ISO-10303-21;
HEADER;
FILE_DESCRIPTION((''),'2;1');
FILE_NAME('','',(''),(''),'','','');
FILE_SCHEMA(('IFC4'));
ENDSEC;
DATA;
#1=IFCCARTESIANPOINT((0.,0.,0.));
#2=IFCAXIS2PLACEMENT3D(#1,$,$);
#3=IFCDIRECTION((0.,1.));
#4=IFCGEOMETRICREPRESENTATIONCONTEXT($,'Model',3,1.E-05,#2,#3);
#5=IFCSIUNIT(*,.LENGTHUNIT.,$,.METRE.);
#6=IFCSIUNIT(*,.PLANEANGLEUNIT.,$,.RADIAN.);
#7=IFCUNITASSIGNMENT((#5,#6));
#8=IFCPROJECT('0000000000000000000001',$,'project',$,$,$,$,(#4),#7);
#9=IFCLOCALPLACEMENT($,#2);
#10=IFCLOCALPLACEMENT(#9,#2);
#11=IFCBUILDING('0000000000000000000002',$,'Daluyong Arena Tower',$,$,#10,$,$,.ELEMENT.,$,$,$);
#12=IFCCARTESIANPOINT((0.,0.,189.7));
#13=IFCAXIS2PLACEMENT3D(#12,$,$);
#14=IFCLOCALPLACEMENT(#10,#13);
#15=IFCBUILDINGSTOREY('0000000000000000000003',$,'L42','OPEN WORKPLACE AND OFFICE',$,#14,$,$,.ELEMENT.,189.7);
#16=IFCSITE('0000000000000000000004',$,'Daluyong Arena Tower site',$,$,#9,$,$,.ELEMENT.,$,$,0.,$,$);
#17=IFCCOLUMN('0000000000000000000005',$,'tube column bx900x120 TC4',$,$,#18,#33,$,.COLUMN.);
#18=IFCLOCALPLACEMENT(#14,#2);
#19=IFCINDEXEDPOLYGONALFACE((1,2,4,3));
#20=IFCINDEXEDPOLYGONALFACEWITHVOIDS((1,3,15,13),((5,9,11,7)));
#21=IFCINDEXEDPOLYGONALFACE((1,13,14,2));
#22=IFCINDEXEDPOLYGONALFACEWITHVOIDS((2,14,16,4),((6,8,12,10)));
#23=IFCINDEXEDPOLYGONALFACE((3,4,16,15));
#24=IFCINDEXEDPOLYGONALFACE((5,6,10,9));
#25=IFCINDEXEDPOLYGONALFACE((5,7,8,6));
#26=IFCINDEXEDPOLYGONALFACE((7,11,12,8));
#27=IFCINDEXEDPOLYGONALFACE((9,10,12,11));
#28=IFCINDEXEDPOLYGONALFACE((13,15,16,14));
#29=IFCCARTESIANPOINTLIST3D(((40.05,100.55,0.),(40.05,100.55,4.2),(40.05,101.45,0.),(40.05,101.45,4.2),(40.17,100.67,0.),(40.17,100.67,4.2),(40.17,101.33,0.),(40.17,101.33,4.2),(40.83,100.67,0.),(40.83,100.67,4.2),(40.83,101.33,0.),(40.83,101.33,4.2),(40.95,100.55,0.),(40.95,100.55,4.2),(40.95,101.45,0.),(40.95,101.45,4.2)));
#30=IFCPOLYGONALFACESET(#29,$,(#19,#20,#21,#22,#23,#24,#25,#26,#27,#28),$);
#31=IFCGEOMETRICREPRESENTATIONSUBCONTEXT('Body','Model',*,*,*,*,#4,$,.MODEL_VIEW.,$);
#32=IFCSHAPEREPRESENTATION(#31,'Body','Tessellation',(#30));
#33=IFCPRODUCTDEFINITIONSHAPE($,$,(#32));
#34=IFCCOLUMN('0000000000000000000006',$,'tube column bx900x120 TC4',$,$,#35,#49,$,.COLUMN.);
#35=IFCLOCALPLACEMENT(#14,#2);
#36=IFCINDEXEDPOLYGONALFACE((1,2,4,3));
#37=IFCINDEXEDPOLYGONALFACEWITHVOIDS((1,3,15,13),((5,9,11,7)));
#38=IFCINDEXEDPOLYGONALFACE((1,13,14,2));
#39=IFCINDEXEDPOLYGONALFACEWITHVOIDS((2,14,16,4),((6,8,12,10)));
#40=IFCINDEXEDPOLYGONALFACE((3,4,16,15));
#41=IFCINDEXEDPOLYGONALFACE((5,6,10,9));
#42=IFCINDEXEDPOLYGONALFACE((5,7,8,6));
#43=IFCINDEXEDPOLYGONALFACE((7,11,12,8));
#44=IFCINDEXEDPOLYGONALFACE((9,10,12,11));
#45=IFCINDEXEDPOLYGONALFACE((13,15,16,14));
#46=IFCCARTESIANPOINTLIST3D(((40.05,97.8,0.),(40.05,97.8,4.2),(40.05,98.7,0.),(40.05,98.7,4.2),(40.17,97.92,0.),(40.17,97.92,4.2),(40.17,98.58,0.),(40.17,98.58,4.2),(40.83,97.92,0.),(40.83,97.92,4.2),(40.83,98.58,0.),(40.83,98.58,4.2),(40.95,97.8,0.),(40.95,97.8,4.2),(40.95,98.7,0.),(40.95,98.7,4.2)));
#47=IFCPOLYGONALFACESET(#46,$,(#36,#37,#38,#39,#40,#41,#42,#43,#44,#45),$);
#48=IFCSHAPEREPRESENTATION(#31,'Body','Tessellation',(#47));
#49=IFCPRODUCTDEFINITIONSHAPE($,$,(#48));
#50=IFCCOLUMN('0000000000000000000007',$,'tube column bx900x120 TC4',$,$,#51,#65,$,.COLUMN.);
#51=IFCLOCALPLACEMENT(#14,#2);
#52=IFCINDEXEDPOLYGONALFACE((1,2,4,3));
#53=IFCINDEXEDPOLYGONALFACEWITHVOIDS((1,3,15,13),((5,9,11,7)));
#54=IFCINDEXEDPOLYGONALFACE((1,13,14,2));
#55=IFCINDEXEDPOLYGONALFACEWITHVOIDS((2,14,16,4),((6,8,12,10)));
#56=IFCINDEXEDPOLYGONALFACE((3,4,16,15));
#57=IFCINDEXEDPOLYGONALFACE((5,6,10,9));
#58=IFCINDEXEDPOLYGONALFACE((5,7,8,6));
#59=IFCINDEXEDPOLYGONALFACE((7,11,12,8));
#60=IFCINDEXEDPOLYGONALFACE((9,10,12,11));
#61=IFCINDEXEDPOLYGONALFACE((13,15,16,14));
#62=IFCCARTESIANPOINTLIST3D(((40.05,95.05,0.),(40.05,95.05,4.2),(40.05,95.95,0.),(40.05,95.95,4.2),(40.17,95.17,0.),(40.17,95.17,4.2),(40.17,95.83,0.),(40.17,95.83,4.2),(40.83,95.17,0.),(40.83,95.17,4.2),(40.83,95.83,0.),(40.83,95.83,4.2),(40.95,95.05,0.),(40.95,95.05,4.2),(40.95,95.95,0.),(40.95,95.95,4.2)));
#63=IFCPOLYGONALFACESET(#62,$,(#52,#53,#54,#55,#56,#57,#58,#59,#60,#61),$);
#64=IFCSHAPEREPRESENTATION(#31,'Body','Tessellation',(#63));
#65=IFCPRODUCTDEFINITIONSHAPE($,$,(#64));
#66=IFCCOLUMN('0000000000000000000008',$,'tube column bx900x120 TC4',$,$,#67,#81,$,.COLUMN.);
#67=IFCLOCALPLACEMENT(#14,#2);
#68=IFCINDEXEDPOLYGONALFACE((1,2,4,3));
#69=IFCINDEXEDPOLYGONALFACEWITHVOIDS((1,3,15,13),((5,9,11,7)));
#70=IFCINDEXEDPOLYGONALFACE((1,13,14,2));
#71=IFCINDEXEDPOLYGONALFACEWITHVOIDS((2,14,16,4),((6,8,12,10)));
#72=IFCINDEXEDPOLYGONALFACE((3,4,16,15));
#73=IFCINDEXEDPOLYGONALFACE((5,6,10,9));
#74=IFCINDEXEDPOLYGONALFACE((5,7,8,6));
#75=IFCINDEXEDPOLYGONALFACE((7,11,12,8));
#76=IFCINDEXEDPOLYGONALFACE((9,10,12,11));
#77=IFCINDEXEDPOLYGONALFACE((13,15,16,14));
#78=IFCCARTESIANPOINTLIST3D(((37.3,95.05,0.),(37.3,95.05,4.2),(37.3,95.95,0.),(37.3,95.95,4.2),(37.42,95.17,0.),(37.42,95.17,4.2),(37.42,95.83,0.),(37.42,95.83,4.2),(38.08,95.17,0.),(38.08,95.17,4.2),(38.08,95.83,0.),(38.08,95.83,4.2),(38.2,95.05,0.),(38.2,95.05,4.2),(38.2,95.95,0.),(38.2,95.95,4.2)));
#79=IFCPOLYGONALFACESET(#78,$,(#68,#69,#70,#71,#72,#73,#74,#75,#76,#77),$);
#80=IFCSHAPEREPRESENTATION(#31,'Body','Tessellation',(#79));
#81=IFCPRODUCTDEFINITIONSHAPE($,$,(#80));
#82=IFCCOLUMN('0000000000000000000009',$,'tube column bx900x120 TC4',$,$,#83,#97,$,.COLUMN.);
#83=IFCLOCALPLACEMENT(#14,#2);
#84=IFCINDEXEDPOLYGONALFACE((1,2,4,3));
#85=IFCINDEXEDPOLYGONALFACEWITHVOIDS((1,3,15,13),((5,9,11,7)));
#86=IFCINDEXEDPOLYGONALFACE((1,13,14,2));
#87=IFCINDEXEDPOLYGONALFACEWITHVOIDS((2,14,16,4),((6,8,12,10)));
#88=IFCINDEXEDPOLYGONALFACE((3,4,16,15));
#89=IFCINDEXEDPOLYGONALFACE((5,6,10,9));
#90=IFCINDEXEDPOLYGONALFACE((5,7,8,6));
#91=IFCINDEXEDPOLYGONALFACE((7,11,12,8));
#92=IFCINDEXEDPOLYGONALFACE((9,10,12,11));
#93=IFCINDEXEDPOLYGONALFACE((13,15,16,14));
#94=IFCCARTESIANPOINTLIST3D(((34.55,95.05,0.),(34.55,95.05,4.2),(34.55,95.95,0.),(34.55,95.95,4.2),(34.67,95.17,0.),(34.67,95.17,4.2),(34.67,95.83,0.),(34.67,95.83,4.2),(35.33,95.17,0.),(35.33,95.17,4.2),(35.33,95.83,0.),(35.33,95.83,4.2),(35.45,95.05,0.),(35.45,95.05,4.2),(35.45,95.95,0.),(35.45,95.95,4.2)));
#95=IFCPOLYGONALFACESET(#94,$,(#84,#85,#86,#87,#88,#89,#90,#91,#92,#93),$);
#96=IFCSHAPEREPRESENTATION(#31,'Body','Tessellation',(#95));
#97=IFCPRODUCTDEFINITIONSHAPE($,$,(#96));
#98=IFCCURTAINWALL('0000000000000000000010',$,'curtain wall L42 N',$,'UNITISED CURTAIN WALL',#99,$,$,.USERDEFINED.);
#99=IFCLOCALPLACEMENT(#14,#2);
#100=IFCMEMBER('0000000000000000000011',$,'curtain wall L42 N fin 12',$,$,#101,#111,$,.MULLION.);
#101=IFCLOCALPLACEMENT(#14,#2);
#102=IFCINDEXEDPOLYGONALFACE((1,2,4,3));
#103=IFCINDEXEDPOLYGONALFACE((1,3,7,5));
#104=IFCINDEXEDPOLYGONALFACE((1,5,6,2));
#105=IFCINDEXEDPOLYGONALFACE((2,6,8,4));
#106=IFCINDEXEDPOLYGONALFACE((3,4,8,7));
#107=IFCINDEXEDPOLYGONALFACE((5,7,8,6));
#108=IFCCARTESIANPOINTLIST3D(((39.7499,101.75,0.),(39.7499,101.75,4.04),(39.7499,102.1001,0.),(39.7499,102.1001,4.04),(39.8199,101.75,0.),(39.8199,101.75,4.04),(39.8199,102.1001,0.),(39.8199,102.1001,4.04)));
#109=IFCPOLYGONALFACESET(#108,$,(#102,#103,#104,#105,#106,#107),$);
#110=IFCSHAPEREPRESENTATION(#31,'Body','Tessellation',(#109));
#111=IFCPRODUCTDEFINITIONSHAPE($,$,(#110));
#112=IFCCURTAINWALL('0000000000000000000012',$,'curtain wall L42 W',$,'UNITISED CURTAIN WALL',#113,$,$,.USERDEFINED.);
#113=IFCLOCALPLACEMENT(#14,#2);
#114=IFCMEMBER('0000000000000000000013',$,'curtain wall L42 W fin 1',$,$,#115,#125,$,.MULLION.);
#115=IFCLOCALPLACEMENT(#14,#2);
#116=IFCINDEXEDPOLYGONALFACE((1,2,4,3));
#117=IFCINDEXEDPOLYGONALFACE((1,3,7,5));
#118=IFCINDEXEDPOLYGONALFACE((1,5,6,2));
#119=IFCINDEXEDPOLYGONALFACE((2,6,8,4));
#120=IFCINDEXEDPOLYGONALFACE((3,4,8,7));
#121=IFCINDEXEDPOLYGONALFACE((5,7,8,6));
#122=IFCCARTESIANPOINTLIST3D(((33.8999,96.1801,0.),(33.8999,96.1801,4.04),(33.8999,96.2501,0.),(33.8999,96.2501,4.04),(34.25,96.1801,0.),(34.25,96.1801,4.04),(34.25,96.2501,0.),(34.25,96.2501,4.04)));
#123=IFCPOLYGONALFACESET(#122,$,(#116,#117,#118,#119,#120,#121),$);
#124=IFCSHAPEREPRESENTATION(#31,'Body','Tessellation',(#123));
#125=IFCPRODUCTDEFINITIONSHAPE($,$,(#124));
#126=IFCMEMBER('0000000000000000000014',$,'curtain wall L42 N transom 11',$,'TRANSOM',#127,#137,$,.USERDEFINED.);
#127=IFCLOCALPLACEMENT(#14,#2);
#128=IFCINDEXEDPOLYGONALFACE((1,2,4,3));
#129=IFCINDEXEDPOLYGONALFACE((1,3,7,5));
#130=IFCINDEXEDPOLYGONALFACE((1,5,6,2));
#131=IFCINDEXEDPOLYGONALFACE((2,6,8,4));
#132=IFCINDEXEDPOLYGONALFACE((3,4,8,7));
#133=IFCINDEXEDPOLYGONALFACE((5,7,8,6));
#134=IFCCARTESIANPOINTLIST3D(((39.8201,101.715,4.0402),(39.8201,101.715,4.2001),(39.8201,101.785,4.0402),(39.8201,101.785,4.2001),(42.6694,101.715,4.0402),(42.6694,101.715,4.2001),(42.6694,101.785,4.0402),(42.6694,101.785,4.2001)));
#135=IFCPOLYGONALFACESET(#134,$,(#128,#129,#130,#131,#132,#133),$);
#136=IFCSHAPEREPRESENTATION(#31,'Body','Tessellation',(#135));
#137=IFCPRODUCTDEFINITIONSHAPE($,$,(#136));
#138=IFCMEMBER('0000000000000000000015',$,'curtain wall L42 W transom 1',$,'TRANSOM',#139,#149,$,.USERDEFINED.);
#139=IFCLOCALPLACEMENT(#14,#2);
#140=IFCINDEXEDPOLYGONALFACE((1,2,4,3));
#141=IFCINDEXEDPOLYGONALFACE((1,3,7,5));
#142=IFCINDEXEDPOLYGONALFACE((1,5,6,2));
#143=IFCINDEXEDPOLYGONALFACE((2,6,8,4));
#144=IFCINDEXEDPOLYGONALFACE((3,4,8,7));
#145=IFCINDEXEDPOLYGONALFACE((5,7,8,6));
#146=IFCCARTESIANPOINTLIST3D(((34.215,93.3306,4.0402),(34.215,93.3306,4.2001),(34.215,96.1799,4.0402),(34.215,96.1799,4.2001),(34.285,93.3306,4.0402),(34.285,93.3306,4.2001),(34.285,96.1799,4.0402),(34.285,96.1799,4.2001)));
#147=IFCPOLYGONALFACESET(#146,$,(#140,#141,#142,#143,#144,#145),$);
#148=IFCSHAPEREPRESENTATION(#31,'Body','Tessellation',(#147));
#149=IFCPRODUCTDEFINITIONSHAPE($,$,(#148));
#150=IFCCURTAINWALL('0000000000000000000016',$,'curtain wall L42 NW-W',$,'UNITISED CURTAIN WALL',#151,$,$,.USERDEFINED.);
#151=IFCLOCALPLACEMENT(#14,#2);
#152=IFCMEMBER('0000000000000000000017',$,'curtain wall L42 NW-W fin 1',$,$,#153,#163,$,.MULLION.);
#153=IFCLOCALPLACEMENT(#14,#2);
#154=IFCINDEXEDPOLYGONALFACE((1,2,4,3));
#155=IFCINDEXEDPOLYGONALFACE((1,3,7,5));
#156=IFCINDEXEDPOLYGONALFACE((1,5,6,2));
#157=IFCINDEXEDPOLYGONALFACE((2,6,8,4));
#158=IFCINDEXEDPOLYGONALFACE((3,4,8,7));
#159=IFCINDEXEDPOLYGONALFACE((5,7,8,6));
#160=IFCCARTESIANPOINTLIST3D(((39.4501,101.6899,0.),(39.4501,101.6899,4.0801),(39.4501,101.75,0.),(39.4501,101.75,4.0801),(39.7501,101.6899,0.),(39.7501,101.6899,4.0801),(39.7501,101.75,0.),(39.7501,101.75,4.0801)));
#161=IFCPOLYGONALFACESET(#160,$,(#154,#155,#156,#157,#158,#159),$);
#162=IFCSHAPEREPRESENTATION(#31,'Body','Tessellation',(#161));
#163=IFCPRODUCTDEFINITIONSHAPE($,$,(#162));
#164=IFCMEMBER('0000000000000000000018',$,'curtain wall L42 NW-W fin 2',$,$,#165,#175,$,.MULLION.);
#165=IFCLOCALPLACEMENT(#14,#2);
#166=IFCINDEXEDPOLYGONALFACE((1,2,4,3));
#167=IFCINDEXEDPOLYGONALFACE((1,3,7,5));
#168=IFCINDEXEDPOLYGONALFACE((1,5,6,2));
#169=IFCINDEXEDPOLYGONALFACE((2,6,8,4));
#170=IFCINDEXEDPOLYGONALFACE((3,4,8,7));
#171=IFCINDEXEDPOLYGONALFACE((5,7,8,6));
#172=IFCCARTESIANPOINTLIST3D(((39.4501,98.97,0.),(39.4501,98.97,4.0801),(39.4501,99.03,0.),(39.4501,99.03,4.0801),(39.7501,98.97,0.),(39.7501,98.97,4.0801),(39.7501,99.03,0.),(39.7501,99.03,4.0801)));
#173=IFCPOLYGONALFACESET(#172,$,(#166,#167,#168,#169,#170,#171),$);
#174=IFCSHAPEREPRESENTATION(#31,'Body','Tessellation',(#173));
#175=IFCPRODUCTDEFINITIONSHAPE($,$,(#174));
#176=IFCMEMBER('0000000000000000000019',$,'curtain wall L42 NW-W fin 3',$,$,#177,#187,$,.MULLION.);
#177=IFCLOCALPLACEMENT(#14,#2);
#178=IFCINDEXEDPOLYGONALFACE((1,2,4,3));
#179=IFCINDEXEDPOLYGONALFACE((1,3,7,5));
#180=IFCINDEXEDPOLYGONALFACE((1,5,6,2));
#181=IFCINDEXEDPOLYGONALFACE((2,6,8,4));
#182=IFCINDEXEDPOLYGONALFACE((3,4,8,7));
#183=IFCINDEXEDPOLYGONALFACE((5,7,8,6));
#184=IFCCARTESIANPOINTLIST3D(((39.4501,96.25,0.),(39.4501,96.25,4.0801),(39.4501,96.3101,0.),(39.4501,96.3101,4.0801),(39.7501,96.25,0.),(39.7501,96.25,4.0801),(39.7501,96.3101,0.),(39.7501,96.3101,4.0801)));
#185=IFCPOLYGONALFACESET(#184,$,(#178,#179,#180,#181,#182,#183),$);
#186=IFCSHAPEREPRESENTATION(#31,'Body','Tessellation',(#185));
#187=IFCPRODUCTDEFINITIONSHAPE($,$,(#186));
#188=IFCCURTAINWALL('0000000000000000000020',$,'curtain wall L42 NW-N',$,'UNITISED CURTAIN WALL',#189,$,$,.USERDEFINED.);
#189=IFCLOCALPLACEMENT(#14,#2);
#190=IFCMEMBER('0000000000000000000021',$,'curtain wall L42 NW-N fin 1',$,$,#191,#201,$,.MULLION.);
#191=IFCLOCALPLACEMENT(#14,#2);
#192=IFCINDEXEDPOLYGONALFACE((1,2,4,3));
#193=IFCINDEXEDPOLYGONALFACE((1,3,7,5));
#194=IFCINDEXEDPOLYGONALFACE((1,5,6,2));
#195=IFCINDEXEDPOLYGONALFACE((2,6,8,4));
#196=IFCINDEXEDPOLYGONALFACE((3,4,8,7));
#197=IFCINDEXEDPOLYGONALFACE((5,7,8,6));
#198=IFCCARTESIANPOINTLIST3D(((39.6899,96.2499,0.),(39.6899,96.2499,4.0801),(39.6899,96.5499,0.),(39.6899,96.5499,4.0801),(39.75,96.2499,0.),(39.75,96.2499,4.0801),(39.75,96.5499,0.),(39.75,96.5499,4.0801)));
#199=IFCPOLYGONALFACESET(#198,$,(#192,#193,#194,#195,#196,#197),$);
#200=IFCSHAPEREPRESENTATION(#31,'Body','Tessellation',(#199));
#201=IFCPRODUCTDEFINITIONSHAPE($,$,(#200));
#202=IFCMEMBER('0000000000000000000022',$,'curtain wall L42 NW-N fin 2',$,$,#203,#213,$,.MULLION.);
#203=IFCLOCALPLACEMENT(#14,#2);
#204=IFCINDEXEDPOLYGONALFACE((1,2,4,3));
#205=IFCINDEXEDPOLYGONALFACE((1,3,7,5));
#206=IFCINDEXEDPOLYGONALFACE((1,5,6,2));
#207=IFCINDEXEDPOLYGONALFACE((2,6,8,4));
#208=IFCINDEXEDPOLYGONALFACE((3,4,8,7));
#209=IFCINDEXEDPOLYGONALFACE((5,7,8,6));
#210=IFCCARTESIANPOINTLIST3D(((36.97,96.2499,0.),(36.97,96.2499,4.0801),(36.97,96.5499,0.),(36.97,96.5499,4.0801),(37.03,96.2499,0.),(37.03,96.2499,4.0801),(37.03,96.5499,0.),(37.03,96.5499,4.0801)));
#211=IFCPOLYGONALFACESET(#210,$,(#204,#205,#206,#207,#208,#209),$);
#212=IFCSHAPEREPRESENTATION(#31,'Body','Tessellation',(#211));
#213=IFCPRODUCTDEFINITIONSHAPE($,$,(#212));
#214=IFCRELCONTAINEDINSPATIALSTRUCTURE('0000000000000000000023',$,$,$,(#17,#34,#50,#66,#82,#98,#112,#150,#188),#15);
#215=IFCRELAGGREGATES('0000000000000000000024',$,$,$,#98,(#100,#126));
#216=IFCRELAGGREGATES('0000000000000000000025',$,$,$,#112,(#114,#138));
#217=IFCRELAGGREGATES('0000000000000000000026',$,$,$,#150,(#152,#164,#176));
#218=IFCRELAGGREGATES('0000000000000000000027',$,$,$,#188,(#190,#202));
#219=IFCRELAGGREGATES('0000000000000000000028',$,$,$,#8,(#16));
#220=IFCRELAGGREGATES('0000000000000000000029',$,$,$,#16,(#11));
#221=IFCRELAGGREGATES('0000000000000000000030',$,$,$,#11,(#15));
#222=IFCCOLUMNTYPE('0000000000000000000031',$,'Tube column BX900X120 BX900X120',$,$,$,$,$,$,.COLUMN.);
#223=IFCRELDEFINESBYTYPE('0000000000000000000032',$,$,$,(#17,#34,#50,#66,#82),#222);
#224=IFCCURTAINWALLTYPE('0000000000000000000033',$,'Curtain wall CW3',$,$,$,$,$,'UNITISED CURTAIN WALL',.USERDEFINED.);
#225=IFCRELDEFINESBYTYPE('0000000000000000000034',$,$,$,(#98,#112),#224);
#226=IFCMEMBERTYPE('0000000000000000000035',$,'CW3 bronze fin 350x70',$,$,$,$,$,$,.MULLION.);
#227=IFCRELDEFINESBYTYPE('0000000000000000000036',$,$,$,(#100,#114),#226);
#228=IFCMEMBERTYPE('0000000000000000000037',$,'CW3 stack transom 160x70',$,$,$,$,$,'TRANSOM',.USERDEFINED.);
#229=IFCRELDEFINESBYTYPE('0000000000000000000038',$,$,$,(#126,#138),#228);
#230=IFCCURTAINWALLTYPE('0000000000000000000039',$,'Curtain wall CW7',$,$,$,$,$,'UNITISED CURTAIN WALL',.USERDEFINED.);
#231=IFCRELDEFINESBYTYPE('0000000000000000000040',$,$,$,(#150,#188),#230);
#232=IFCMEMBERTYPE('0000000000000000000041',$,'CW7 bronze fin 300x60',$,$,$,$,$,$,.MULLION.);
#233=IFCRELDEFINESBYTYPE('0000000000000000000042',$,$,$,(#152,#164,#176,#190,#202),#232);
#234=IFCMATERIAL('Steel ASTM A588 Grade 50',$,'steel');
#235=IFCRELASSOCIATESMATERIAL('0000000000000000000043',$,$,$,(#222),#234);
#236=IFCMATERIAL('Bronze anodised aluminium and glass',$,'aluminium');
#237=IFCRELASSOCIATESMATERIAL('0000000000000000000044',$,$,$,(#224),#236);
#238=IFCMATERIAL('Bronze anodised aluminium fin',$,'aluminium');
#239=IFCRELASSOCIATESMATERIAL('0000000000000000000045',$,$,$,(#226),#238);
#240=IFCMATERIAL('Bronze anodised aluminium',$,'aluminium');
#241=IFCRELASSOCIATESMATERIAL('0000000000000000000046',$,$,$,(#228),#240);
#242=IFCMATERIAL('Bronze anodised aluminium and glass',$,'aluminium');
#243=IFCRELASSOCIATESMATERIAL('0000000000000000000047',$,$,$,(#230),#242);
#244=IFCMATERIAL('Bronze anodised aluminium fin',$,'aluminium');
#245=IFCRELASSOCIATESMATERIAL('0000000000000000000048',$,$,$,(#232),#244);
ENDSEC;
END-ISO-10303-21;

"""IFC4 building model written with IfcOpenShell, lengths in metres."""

from ifc_helpers import new_model, si_unit, direction, frame, origin, origin_2d, place, context, subcontext, project, spatial, rectangle, hollow_rectangle, extrude, material, material_profile, profile_set, type_object, element, aggregate, save


model = new_model("IFC4")

# Units and contexts
model_context = context("Model", 3, precision=1e-05, world=origin(), true_north=direction((0.0, 1.0)))
body_context = subcontext(model_context, "Body", "Model", "MODEL_VIEW")
ifc_project = project(units=[si_unit("LENGTHUNIT", "METRE"), si_unit("PLANEANGLEUNIT", "RADIAN")], contexts=[model_context])

# Site, building, storey
site_placement = place(None, origin())
site = spatial("IfcSite", under=ifc_project, at=site_placement, Name="Daluyong Arena Tower site", CompositionType="ELEMENT", RefElevation=0.0)
building_placement = place(site_placement, origin())
building = spatial("IfcBuilding", under=site, at=building_placement, Name="Daluyong Arena Tower", CompositionType="ELEMENT")
storey_placement = place(building_placement, frame((0.0, 0.0, 189.7)))
storey = spatial("IfcBuildingStorey", under=building, at=storey_placement, Name="L42", Description="OPEN WORKPLACE AND OFFICE", CompositionType="ELEMENT", Elevation=189.7)

# Columns
ifc_material_1 = material(Name="Steel ASTM A588 Grade 50", Category="steel")
ifc_material_profile_1 = material_profile(ifc_material_1, hollow_rectangle(XDim=0.8999, YDim=0.8999, WallThickness=0.12, at=origin_2d()))
ifc_profile_set_1 = profile_set([ifc_material_profile_1], Name="Steel ASTM A588 Grade 50")
column_type = type_object("IfcColumnType", Name="Tube column BX900X120 BX900X120", PredefinedType="COLUMN", material=ifc_profile_set_1)
for number, where, z_axis, x_axis, name in (
    (1, (40.5, 101.0, 0.0), (0.0, 0.0, 1.0), (0.0, 1.0, 0.0), "tube column bx900x120 TC4"),
    (2, (40.5, 98.25, 0.0), (0.0, 0.0, 1.0), (0.0, 1.0, 0.0), "tube column bx900x120 TC4"),
    (3, (40.5, 95.5, 0.0), (0.0, 0.0, 1.0), (1.0, 0.0, 0.0), "tube column bx900x120 TC4"),
    (4, (37.75, 95.5, 0.0), (0.0, 0.0, 1.0), (1.0, 0.0, 0.0), "tube column bx900x120 TC4"),
    (5, (35.0, 95.5, 0.0), (0.0, 0.0, 1.0), (0.0, 1.0, 0.0), "tube column bx900x120 TC4"),
):
    element("IfcColumn", number, at=place(storey_placement, frame(where, z_axis=z_axis, x_axis=x_axis)), inside=storey, type_object=column_type, Name=name, PredefinedType="COLUMN", context=body_context, shape_type="SweptSolid", body=[
        extrude(hollow_rectangle(XDim=0.8999, YDim=0.8999, WallThickness=0.12, at=origin_2d()), origin(), (0.0, 0.0, 1.0), 4.2),
    ])

# Curtain walls, members
ifc_material_2 = material(Name="Bronze anodised aluminium and glass", Category="aluminium")
curtain_wall_type_1 = type_object("IfcCurtainWallType", Name="Curtain wall CW3", ElementType="UNITISED CURTAIN WALL", PredefinedType="USERDEFINED", material=ifc_material_2)
curtain_wall_1_placement = place(storey_placement, origin())
curtain_wall_1 = element("IfcCurtainWall", 6, at=curtain_wall_1_placement, inside=storey, type_object=curtain_wall_type_1, Name="curtain wall L42 N", ObjectType="UNITISED CURTAIN WALL", PredefinedType="USERDEFINED")
ifc_material_3 = material(Name="Bronze anodised aluminium fin", Category="aluminium")
ifc_material_profile_2 = material_profile(ifc_material_3, rectangle(XDim=0.3501, YDim=0.0701, at=origin_2d()))
ifc_profile_set_2 = profile_set([ifc_material_profile_2], Name="Bronze anodised aluminium fin")
member_type_1 = type_object("IfcMemberType", Name="CW3 bronze fin 350x70", PredefinedType="MULLION", material=ifc_profile_set_2)
member_1_placement = place(storey_placement, frame((39.7849, 101.925, 0.0), z_axis=(0.0, 0.0, 1.0), x_axis=(0.0, -1.0, 0.0)))
member_1 = element("IfcMember", 7, at=member_1_placement, type_object=member_type_1, Name="curtain wall L42 N fin 12", PredefinedType="MULLION", context=body_context, shape_type="SweptSolid", body=[
    extrude(rectangle(XDim=0.3501, YDim=0.0701, at=origin_2d()), origin(), (0.0, 0.0, 1.0), 4.04),
])
curtain_wall_2_placement = place(storey_placement, origin())
curtain_wall_2 = element("IfcCurtainWall", 8, at=curtain_wall_2_placement, inside=storey, type_object=curtain_wall_type_1, Name="curtain wall L42 W", ObjectType="UNITISED CURTAIN WALL", PredefinedType="USERDEFINED")
member_2_placement = place(storey_placement, frame((34.075, 96.2151, 0.0), z_axis=(0.0, 0.0, 1.0), x_axis=(1.0, 0.0, 0.0)))
member_2 = element("IfcMember", 9, at=member_2_placement, type_object=member_type_1, Name="curtain wall L42 W fin 1", PredefinedType="MULLION", context=body_context, shape_type="SweptSolid", body=[
    extrude(rectangle(XDim=0.3501, YDim=0.0701, at=origin_2d()), origin(), (0.0, 0.0, 1.0), 4.04),
])

# Members
ifc_material_4 = material(Name="Bronze anodised aluminium", Category="aluminium")
ifc_material_profile_3 = material_profile(ifc_material_4, rectangle(XDim=0.0701, YDim=0.1599, at=origin_2d()))
ifc_profile_set_3 = profile_set([ifc_material_profile_3], Name="Bronze anodised aluminium")
member_type_2 = type_object("IfcMemberType", Name="CW3 stack transom 160x70", ElementType="TRANSOM", PredefinedType="USERDEFINED", material=ifc_profile_set_3)
member_3_placement = place(storey_placement, frame((42.6694, 101.75, 4.1201), z_axis=(-1.0, 0.0, 0.0), x_axis=(0.0, -1.0, 0.0)))
member_3 = element("IfcMember", 10, at=member_3_placement, type_object=member_type_2, Name="curtain wall L42 N transom 11", ObjectType="TRANSOM", PredefinedType="USERDEFINED", context=body_context, shape_type="SweptSolid", body=[
    extrude(rectangle(XDim=0.0701, YDim=0.1599, at=origin_2d()), origin(), (0.0, 0.0, 1.0), 2.8494),
])
member_4_placement = place(storey_placement, frame((34.25, 96.1799, 4.1201), z_axis=(0.0, -1.0, 0.0), x_axis=(1.0, 0.0, 0.0)))
member_4 = element("IfcMember", 11, at=member_4_placement, type_object=member_type_2, Name="curtain wall L42 W transom 1", ObjectType="TRANSOM", PredefinedType="USERDEFINED", context=body_context, shape_type="SweptSolid", body=[
    extrude(rectangle(XDim=0.0701, YDim=0.1599, at=origin_2d()), origin(), (0.0, 0.0, 1.0), 2.8494),
])

# Curtain walls, members
ifc_material_5 = material(Name="Bronze anodised aluminium and glass", Category="aluminium")
curtain_wall_type_2 = type_object("IfcCurtainWallType", Name="Curtain wall CW7", ElementType="UNITISED CURTAIN WALL", PredefinedType="USERDEFINED", material=ifc_material_5)
curtain_wall_3_placement = place(storey_placement, origin())
curtain_wall_3 = element("IfcCurtainWall", 12, at=curtain_wall_3_placement, inside=storey, type_object=curtain_wall_type_2, Name="curtain wall L42 NW-W", ObjectType="UNITISED CURTAIN WALL", PredefinedType="USERDEFINED")
ifc_material_6 = material(Name="Bronze anodised aluminium fin", Category="aluminium")
ifc_material_profile_4 = material_profile(ifc_material_6, rectangle(XDim=0.3, YDim=0.0601, at=origin_2d()))
ifc_profile_set_4 = profile_set([ifc_material_profile_4], Name="Bronze anodised aluminium fin")
member_type_3 = type_object("IfcMemberType", Name="CW7 bronze fin 300x60", PredefinedType="MULLION", material=ifc_profile_set_4)
member_5_placement = place(storey_placement, frame((39.6001, 101.72, 0.0), z_axis=(0.0, 0.0, 1.0), x_axis=(1.0, 0.0, 0.0)))
member_5 = element("IfcMember", 13, at=member_5_placement, type_object=member_type_3, Name="curtain wall L42 NW-W fin 1", PredefinedType="MULLION", context=body_context, shape_type="SweptSolid", body=[
    extrude(rectangle(XDim=0.3, YDim=0.0601, at=origin_2d()), origin(), (0.0, 0.0, 1.0), 4.0801),
])
member_6_placement = place(storey_placement, frame((39.6001, 99.0, 0.0), z_axis=(0.0, 0.0, 1.0), x_axis=(1.0, 0.0, 0.0)))
member_6 = element("IfcMember", 14, at=member_6_placement, type_object=member_type_3, Name="curtain wall L42 NW-W fin 2", PredefinedType="MULLION", context=body_context, shape_type="SweptSolid", body=[
    extrude(rectangle(XDim=0.3, YDim=0.0601, at=origin_2d()), origin(), (0.0, 0.0, 1.0), 4.0801),
])
member_7_placement = place(storey_placement, frame((39.6001, 96.28, 0.0), z_axis=(0.0, 0.0, 1.0), x_axis=(1.0, 0.0, 0.0)))
member_7 = element("IfcMember", 15, at=member_7_placement, type_object=member_type_3, Name="curtain wall L42 NW-W fin 3", PredefinedType="MULLION", context=body_context, shape_type="SweptSolid", body=[
    extrude(rectangle(XDim=0.3, YDim=0.0601, at=origin_2d()), origin(), (0.0, 0.0, 1.0), 4.0801),
])
curtain_wall_4_placement = place(storey_placement, origin())
curtain_wall_4 = element("IfcCurtainWall", 16, at=curtain_wall_4_placement, inside=storey, type_object=curtain_wall_type_2, Name="curtain wall L42 NW-N", ObjectType="UNITISED CURTAIN WALL", PredefinedType="USERDEFINED")
member_8_placement = place(storey_placement, frame((39.72, 96.3999, 0.0), z_axis=(0.0, 0.0, 1.0), x_axis=(0.0, -1.0, 0.0)))
member_8 = element("IfcMember", 17, at=member_8_placement, type_object=member_type_3, Name="curtain wall L42 NW-N fin 1", PredefinedType="MULLION", context=body_context, shape_type="SweptSolid", body=[
    extrude(rectangle(XDim=0.3, YDim=0.0601, at=origin_2d()), origin(), (0.0, 0.0, 1.0), 4.0801),
])
member_9_placement = place(storey_placement, frame((37.0, 96.3999, 0.0), z_axis=(0.0, 0.0, 1.0), x_axis=(0.0, -1.0, 0.0)))
member_9 = element("IfcMember", 18, at=member_9_placement, type_object=member_type_3, Name="curtain wall L42 NW-N fin 2", PredefinedType="MULLION", context=body_context, shape_type="SweptSolid", body=[
    extrude(rectangle(XDim=0.3, YDim=0.0601, at=origin_2d()), origin(), (0.0, 0.0, 1.0), 4.0801),
])

aggregate(curtain_wall_1, [member_1, member_3])
aggregate(curtain_wall_2, [member_2, member_4])
aggregate(curtain_wall_3, [member_5, member_6, member_7])
aggregate(curtain_wall_4, [member_8, member_9])

save(model, "model.ifc")
